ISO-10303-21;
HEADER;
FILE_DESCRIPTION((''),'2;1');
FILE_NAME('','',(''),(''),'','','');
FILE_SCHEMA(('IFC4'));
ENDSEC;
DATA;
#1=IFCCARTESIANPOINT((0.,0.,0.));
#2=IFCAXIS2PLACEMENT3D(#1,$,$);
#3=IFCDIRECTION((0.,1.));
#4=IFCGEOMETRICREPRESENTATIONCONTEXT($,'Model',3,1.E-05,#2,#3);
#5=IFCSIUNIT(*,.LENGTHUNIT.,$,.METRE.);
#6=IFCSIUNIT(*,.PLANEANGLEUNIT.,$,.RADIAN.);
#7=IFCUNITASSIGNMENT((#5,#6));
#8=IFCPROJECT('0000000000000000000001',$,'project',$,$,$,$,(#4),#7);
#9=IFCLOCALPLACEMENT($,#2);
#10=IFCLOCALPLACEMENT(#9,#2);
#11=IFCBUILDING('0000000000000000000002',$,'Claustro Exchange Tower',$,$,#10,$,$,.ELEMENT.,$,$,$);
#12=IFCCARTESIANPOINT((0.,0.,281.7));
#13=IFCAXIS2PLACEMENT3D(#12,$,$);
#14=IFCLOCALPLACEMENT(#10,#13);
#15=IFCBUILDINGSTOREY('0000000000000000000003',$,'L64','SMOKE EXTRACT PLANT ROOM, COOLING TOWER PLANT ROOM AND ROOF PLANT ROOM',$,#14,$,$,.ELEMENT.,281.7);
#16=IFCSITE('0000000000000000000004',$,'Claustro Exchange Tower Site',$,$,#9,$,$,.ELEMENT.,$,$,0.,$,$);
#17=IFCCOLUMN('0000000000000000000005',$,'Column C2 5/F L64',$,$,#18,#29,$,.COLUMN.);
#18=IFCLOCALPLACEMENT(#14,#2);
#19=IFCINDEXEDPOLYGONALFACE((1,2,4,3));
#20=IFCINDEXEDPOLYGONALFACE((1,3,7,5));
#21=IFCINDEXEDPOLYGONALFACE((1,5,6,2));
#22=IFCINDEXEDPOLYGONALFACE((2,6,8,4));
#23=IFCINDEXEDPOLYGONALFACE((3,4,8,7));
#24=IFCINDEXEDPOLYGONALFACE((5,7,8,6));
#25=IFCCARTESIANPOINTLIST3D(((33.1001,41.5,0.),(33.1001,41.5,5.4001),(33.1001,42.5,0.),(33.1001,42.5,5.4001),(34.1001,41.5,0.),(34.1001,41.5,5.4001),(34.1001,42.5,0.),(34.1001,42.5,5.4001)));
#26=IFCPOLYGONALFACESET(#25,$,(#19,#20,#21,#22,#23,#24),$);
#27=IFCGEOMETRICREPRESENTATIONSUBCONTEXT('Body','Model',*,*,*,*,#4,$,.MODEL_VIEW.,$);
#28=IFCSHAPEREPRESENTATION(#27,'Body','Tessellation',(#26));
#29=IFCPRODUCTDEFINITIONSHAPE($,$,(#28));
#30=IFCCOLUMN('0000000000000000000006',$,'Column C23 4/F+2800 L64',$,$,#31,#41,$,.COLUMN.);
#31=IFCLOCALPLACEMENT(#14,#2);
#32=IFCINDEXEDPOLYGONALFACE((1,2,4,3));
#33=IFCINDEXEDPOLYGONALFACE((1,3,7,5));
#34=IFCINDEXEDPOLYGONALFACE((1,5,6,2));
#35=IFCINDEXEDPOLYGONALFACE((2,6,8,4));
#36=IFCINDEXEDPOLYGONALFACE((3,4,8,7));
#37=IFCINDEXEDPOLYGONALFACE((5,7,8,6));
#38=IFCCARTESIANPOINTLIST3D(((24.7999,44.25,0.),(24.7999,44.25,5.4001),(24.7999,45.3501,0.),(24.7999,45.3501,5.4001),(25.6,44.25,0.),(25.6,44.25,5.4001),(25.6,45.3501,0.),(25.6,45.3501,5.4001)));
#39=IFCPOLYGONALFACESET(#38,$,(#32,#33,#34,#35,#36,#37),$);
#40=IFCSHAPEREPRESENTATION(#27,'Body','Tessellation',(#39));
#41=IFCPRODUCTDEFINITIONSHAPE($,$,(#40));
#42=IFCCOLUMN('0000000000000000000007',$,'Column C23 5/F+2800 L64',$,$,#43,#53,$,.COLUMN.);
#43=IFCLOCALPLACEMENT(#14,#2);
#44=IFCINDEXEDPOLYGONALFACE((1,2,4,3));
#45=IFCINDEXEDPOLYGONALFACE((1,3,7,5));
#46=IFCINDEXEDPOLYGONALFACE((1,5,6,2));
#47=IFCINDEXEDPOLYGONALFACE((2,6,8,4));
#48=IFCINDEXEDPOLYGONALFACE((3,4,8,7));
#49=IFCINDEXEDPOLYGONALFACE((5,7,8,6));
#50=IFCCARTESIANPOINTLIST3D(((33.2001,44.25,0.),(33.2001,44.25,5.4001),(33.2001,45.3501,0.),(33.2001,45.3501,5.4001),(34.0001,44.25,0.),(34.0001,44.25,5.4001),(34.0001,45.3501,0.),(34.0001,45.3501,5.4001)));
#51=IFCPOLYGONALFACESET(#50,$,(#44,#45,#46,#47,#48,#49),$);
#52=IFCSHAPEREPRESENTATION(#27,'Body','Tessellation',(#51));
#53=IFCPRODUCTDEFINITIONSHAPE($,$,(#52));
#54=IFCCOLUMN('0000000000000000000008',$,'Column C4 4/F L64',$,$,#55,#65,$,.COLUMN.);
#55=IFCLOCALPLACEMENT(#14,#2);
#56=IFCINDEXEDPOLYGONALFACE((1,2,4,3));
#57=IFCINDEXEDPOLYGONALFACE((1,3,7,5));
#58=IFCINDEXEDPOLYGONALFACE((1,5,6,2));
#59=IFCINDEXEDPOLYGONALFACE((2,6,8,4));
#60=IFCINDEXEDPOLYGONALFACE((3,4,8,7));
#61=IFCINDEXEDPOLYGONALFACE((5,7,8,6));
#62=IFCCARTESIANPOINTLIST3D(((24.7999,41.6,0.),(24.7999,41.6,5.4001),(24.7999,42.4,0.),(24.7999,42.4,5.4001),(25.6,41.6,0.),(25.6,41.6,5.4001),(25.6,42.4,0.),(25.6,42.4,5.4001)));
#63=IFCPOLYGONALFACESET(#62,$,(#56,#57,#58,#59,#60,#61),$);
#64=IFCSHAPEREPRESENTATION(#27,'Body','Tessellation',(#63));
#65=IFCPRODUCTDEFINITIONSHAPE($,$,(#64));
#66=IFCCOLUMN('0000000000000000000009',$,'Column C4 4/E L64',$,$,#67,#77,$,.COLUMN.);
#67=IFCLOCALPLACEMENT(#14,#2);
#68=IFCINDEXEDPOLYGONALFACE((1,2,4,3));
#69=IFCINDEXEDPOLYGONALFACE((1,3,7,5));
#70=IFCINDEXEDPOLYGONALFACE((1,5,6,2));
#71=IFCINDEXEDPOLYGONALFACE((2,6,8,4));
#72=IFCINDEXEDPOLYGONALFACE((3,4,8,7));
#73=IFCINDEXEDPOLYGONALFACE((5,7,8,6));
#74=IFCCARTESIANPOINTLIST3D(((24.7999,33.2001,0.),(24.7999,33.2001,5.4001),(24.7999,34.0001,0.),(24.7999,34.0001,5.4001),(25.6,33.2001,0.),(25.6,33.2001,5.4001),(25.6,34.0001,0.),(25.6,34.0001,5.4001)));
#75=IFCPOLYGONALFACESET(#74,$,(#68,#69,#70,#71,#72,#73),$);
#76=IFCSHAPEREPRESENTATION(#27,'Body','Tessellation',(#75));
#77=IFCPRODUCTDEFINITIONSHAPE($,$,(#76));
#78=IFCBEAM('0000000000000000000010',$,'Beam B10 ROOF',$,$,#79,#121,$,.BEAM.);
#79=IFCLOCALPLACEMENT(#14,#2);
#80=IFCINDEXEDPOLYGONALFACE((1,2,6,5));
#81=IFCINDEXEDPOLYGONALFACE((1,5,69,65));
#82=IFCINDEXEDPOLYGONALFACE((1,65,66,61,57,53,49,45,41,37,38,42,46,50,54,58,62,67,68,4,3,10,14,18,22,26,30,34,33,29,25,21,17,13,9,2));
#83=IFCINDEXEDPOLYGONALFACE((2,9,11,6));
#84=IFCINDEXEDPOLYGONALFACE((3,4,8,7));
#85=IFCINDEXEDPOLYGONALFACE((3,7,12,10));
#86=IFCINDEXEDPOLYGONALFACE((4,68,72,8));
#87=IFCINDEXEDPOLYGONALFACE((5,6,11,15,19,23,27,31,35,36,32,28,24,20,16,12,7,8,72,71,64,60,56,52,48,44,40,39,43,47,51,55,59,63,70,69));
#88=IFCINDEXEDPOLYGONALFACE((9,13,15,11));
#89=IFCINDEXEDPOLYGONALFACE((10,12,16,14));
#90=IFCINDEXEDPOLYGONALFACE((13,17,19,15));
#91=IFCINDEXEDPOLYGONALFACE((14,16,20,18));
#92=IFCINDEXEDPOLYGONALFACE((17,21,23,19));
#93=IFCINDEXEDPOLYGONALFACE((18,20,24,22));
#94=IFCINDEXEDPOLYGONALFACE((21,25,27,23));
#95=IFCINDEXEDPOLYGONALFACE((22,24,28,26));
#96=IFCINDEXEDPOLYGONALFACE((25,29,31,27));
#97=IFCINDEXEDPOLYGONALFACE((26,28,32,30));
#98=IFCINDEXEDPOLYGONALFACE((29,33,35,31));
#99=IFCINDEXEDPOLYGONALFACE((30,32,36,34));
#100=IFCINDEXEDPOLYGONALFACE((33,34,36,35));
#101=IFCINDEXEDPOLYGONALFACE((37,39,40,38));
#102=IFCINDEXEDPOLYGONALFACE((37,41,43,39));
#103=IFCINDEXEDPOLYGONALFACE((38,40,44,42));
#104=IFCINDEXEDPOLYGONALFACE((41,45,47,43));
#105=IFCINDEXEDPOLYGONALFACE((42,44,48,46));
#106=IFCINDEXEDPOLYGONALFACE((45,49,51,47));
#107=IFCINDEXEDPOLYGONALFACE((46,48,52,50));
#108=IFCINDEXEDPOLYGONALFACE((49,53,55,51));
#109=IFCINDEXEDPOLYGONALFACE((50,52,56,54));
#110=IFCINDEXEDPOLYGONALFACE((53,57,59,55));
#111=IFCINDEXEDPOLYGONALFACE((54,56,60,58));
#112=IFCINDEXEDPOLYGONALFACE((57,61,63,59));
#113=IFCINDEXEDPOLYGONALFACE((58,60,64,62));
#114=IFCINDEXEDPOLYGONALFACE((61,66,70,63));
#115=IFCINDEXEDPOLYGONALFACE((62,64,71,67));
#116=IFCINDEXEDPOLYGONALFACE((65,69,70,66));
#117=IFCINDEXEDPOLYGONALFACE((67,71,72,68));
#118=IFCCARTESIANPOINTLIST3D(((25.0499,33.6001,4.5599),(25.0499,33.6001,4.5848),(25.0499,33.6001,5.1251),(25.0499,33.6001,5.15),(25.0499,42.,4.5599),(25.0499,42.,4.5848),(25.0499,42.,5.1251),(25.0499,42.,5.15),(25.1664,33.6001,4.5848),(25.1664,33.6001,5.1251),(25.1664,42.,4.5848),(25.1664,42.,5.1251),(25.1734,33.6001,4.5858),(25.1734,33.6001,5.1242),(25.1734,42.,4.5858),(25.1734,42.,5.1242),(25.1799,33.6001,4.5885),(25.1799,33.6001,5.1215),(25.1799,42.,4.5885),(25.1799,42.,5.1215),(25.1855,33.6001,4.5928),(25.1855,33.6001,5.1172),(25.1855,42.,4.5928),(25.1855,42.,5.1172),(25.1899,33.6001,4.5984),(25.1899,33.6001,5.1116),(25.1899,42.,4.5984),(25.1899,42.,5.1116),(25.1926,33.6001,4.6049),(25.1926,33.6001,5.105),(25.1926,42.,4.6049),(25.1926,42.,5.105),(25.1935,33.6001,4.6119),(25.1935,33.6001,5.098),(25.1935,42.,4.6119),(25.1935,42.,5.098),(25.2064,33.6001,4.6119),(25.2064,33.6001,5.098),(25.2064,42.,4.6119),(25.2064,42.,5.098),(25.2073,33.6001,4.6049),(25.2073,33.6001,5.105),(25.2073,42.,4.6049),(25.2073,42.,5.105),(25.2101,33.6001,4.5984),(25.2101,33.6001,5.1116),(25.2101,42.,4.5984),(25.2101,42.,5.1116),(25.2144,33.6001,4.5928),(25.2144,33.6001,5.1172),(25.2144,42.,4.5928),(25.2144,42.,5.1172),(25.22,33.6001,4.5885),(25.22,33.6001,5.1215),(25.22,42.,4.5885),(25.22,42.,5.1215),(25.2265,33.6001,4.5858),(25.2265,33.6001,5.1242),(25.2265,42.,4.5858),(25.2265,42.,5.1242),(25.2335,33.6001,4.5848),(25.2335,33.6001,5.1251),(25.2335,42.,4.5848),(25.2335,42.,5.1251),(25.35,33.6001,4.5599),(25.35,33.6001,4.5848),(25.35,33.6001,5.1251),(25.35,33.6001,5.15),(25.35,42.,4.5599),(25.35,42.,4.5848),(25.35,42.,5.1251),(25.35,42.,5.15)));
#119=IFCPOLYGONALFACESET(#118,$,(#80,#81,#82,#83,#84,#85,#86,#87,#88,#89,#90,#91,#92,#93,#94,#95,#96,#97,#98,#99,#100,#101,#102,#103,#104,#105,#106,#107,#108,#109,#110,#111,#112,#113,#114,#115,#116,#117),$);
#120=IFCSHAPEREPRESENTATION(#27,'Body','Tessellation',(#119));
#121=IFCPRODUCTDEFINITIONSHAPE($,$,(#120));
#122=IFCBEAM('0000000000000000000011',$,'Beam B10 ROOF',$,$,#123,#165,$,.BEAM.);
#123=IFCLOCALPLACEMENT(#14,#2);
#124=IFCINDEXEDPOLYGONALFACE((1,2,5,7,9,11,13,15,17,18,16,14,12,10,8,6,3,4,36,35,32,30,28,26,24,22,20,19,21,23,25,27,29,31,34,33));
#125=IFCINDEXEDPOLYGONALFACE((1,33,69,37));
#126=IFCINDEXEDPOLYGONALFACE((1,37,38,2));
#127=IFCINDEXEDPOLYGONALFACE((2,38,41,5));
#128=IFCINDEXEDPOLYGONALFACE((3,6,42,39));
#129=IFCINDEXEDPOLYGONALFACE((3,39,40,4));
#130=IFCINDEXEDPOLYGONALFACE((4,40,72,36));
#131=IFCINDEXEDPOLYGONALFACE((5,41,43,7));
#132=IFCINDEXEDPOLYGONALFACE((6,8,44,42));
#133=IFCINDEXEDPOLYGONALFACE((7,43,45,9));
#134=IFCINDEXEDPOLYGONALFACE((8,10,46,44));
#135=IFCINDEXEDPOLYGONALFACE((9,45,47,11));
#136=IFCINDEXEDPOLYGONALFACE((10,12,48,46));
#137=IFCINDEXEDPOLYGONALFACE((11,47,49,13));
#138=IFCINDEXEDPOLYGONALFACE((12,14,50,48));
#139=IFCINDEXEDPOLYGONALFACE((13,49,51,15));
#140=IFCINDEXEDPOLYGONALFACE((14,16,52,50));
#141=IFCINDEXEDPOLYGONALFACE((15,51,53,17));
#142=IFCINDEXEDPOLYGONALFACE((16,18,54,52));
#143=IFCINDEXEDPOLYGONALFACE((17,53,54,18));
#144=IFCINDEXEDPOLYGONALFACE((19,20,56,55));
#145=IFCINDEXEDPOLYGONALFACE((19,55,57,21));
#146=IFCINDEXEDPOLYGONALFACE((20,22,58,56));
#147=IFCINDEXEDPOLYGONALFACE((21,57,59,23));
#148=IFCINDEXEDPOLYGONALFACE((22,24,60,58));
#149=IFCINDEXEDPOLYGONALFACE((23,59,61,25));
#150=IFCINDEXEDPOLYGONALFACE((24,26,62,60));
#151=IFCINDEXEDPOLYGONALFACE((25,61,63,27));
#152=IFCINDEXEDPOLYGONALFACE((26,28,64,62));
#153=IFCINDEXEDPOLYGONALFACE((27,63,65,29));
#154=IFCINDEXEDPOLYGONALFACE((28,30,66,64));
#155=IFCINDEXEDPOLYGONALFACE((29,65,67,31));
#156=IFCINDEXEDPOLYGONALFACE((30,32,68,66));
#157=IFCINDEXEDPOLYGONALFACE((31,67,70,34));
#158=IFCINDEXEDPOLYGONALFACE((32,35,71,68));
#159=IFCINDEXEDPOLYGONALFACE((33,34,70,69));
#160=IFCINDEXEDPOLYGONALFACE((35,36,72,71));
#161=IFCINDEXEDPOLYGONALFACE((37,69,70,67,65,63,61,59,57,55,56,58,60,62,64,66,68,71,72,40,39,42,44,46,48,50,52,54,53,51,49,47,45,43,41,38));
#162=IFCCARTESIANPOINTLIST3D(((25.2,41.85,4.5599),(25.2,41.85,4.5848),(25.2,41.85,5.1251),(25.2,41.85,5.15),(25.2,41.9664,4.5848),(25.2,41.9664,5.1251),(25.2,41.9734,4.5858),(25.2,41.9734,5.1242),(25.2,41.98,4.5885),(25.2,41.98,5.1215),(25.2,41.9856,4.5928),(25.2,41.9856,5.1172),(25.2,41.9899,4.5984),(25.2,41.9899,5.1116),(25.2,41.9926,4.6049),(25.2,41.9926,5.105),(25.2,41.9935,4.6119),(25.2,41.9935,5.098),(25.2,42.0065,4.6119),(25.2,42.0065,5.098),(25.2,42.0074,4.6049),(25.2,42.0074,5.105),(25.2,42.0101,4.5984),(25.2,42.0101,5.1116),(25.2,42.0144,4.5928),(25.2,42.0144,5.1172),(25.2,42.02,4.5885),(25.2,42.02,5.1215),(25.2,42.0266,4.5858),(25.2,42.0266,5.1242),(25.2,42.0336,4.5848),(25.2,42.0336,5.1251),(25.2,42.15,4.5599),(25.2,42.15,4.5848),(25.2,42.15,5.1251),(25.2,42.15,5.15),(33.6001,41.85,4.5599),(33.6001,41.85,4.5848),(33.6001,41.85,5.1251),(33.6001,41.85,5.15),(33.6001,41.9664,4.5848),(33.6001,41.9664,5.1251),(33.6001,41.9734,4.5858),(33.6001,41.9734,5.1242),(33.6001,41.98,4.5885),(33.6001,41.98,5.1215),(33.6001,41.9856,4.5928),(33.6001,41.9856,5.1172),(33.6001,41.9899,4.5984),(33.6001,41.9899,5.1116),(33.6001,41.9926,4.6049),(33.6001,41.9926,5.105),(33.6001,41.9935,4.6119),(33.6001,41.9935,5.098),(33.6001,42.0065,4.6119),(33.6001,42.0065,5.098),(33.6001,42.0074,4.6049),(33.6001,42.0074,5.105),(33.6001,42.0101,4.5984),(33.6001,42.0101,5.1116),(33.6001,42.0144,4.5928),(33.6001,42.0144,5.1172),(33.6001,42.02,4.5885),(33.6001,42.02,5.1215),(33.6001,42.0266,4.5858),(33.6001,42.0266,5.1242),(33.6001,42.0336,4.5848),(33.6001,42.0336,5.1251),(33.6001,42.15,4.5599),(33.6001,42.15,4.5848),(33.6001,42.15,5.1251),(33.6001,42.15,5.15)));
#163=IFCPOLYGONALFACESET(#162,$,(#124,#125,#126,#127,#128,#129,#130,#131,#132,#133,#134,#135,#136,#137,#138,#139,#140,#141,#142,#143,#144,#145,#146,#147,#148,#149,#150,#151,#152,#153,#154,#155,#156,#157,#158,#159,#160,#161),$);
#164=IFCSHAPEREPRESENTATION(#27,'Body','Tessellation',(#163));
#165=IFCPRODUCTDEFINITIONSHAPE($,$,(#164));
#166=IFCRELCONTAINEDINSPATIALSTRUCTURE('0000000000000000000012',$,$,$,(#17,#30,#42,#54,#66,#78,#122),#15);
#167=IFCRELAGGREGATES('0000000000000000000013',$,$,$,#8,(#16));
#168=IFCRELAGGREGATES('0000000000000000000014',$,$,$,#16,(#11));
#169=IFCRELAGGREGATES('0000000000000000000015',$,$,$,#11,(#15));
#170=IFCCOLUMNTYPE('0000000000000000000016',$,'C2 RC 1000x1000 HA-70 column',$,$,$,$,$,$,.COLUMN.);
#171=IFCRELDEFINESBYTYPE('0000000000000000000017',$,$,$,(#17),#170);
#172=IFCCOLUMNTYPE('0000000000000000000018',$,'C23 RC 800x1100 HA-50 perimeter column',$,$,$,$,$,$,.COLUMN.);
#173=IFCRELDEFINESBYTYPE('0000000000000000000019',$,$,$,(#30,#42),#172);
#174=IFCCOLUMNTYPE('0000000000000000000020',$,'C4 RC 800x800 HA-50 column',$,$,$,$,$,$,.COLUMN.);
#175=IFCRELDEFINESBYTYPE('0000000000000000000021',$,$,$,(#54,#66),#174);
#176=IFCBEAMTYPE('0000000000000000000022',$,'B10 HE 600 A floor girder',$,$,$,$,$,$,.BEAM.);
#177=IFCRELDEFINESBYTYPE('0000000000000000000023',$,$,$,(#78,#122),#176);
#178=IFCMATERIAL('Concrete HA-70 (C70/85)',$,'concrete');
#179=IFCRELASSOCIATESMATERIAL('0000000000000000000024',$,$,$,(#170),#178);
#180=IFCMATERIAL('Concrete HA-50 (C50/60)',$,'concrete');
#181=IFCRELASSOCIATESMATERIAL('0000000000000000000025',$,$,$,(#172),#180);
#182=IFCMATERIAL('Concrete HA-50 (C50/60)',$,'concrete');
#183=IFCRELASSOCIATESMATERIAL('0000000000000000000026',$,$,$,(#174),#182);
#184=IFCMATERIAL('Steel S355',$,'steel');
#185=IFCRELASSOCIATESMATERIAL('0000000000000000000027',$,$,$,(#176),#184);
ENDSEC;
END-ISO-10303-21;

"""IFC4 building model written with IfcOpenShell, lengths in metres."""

from ifc_helpers import new_model, si_unit, direction, frame, origin, origin_2d, place, context, subcontext, project, spatial, rectangle, i_section, extrude, material, material_profile, profile_set, type_object, element, save


model = new_model("IFC4")

# Units and contexts
model_context = context("Model", 3, precision=1e-05, world=origin(), true_north=direction((0.0, 1.0)))
body_context = subcontext(model_context, "Body", "Model", "MODEL_VIEW")
ifc_project = project(units=[si_unit("LENGTHUNIT", "METRE"), si_unit("PLANEANGLEUNIT", "RADIAN")], contexts=[model_context])

# Site, building, storey
site_placement = place(None, origin())
site = spatial("IfcSite", under=ifc_project, at=site_placement, Name="Claustro Exchange Tower Site", CompositionType="ELEMENT", RefElevation=0.0)
building_placement = place(site_placement, origin())
building = spatial("IfcBuilding", under=site, at=building_placement, Name="Claustro Exchange Tower", CompositionType="ELEMENT")
storey_placement = place(building_placement, frame((0.0, 0.0, 281.7)))
storey = spatial("IfcBuildingStorey", under=building, at=storey_placement, Name="L64", Description="SMOKE EXTRACT PLANT ROOM, COOLING TOWER PLANT ROOM AND ROOF PLANT ROOM", CompositionType="ELEMENT", Elevation=281.7)

# Columns
ifc_material_1 = material(Name="Concrete HA-70 (C70/85)", Category="concrete")
ifc_material_profile_1 = material_profile(ifc_material_1, rectangle(XDim=1.0, YDim=1.0, at=origin_2d()), Name="RC 1000x1000")
ifc_profile_set_1 = profile_set([ifc_material_profile_1], Name="Concrete HA-70 (C70/85)")
column_type_1 = type_object("IfcColumnType", Name="C2 RC 1000x1000 HA-70 column", PredefinedType="COLUMN", material=ifc_profile_set_1)
column_placement = place(storey_placement, frame((33.6001, 42.0, 0.0), z_axis=(0.0, 0.0, 1.0), x_axis=(1.0, 0.0, 0.0)))
element("IfcColumn", 1, at=column_placement, inside=storey, type_object=column_type_1, Name="Column C2 5/F L64", PredefinedType="COLUMN", context=body_context, shape_type="SweptSolid", body=[
    extrude(rectangle(XDim=1.0, YDim=1.0, at=origin_2d()), origin(), (0.0, 0.0, 1.0), 5.4001),
])
ifc_material_2 = material(Name="Concrete HA-50 (C50/60)", Category="concrete")
ifc_material_profile_2 = material_profile(ifc_material_2, rectangle(XDim=0.8, YDim=1.1001, at=origin_2d()), Name="RC 800x1100")
ifc_profile_set_2 = profile_set([ifc_material_profile_2], Name="Concrete HA-50 (C50/60)")
column_type_2 = type_object("IfcColumnType", Name="C23 RC 800x1100 HA-50 perimeter column", PredefinedType="COLUMN", material=ifc_profile_set_2)
for number, where, z_axis, x_axis, name in (
    (2, (25.2, 44.8, 0.0), (0.0, 0.0, 1.0), (1.0, 0.0, 0.0), "Column C23 4/F+2800 L64"),
    (3, (33.6001, 44.8, 0.0), (0.0, 0.0, 1.0), (1.0, 0.0, 0.0), "Column C23 5/F+2800 L64"),
):
    element("IfcColumn", number, at=place(storey_placement, frame(where, z_axis=z_axis, x_axis=x_axis)), inside=storey, type_object=column_type_2, Name=name, PredefinedType="COLUMN", context=body_context, shape_type="SweptSolid", body=[
        extrude(rectangle(XDim=0.8, YDim=1.1001, at=origin_2d()), origin(), (0.0, 0.0, 1.0), 5.4001),
    ])
ifc_material_3 = material(Name="Concrete HA-50 (C50/60)", Category="concrete")
ifc_material_profile_3 = material_profile(ifc_material_3, rectangle(XDim=0.8, YDim=0.8, at=origin_2d()), Name="RC 800x800")
ifc_profile_set_3 = profile_set([ifc_material_profile_3], Name="Concrete HA-50 (C50/60)")
column_type_3 = type_object("IfcColumnType", Name="C4 RC 800x800 HA-50 column", PredefinedType="COLUMN", material=ifc_profile_set_3)
for number, where, z_axis, x_axis, name in (
    (4, (25.2, 42.0, 0.0), (0.0, 0.0, 1.0), (1.0, 0.0, 0.0), "Column C4 4/F L64"),
    (5, (25.2, 33.6001, 0.0), (0.0, 0.0, 1.0), (1.0, 0.0, 0.0), "Column C4 4/E L64"),
):
    element("IfcColumn", number, at=place(storey_placement, frame(where, z_axis=z_axis, x_axis=x_axis)), inside=storey, type_object=column_type_3, Name=name, PredefinedType="COLUMN", context=body_context, shape_type="SweptSolid", body=[
        extrude(rectangle(XDim=0.8, YDim=0.8, at=origin_2d()), origin(), (0.0, 0.0, 1.0), 5.4001),
    ])

# Beams
ifc_material_4 = material(Name="Steel S355", Category="steel")
ifc_material_profile_4 = material_profile(ifc_material_4, i_section(OverallWidth=0.3, OverallDepth=0.5901, WebThickness=0.0129, FlangeThickness=0.0249, FilletRadius=0.0271, at=origin_2d()), Name="HE 600 A")
ifc_profile_set_4 = profile_set([ifc_material_profile_4], Name="Steel S355")
beam_type_1 = type_object("IfcBeamType", Name="B10 HE 600 A floor girder", PredefinedType="BEAM", material=ifc_profile_set_4)
beam_1_placement = place(storey_placement, frame((25.2, 33.6001, 4.855), z_axis=(0.0, 1.0, 0.0), x_axis=(-1.0, 0.0, 0.0)))
element("IfcBeam", 6, at=beam_1_placement, inside=storey, type_object=beam_type_1, Name="Beam B10 ROOF", PredefinedType="BEAM", context=body_context, shape_type="SweptSolid", body=[
    extrude(i_section(OverallWidth=0.3, OverallDepth=0.5901, WebThickness=0.0129, FlangeThickness=0.0249, FilletRadius=0.0271, at=origin_2d()), origin(), (0.0, 0.0, 1.0), 8.3999),
])
beam_2_placement = place(storey_placement, frame((25.2, 42.0, 4.855), z_axis=(1.0, 0.0, 0.0), x_axis=(0.0, 1.0, 0.0)))
element("IfcBeam", 7, at=beam_2_placement, inside=storey, type_object=beam_type_1, Name="Beam B10 ROOF", PredefinedType="BEAM", context=body_context, shape_type="SweptSolid", body=[
    extrude(i_section(OverallWidth=0.3, OverallDepth=0.5901, WebThickness=0.0129, FlangeThickness=0.0249, FilletRadius=0.0271, at=origin_2d()), origin(), (0.0, 0.0, 1.0), 8.4001),
])

save(model, "model.ifc")
